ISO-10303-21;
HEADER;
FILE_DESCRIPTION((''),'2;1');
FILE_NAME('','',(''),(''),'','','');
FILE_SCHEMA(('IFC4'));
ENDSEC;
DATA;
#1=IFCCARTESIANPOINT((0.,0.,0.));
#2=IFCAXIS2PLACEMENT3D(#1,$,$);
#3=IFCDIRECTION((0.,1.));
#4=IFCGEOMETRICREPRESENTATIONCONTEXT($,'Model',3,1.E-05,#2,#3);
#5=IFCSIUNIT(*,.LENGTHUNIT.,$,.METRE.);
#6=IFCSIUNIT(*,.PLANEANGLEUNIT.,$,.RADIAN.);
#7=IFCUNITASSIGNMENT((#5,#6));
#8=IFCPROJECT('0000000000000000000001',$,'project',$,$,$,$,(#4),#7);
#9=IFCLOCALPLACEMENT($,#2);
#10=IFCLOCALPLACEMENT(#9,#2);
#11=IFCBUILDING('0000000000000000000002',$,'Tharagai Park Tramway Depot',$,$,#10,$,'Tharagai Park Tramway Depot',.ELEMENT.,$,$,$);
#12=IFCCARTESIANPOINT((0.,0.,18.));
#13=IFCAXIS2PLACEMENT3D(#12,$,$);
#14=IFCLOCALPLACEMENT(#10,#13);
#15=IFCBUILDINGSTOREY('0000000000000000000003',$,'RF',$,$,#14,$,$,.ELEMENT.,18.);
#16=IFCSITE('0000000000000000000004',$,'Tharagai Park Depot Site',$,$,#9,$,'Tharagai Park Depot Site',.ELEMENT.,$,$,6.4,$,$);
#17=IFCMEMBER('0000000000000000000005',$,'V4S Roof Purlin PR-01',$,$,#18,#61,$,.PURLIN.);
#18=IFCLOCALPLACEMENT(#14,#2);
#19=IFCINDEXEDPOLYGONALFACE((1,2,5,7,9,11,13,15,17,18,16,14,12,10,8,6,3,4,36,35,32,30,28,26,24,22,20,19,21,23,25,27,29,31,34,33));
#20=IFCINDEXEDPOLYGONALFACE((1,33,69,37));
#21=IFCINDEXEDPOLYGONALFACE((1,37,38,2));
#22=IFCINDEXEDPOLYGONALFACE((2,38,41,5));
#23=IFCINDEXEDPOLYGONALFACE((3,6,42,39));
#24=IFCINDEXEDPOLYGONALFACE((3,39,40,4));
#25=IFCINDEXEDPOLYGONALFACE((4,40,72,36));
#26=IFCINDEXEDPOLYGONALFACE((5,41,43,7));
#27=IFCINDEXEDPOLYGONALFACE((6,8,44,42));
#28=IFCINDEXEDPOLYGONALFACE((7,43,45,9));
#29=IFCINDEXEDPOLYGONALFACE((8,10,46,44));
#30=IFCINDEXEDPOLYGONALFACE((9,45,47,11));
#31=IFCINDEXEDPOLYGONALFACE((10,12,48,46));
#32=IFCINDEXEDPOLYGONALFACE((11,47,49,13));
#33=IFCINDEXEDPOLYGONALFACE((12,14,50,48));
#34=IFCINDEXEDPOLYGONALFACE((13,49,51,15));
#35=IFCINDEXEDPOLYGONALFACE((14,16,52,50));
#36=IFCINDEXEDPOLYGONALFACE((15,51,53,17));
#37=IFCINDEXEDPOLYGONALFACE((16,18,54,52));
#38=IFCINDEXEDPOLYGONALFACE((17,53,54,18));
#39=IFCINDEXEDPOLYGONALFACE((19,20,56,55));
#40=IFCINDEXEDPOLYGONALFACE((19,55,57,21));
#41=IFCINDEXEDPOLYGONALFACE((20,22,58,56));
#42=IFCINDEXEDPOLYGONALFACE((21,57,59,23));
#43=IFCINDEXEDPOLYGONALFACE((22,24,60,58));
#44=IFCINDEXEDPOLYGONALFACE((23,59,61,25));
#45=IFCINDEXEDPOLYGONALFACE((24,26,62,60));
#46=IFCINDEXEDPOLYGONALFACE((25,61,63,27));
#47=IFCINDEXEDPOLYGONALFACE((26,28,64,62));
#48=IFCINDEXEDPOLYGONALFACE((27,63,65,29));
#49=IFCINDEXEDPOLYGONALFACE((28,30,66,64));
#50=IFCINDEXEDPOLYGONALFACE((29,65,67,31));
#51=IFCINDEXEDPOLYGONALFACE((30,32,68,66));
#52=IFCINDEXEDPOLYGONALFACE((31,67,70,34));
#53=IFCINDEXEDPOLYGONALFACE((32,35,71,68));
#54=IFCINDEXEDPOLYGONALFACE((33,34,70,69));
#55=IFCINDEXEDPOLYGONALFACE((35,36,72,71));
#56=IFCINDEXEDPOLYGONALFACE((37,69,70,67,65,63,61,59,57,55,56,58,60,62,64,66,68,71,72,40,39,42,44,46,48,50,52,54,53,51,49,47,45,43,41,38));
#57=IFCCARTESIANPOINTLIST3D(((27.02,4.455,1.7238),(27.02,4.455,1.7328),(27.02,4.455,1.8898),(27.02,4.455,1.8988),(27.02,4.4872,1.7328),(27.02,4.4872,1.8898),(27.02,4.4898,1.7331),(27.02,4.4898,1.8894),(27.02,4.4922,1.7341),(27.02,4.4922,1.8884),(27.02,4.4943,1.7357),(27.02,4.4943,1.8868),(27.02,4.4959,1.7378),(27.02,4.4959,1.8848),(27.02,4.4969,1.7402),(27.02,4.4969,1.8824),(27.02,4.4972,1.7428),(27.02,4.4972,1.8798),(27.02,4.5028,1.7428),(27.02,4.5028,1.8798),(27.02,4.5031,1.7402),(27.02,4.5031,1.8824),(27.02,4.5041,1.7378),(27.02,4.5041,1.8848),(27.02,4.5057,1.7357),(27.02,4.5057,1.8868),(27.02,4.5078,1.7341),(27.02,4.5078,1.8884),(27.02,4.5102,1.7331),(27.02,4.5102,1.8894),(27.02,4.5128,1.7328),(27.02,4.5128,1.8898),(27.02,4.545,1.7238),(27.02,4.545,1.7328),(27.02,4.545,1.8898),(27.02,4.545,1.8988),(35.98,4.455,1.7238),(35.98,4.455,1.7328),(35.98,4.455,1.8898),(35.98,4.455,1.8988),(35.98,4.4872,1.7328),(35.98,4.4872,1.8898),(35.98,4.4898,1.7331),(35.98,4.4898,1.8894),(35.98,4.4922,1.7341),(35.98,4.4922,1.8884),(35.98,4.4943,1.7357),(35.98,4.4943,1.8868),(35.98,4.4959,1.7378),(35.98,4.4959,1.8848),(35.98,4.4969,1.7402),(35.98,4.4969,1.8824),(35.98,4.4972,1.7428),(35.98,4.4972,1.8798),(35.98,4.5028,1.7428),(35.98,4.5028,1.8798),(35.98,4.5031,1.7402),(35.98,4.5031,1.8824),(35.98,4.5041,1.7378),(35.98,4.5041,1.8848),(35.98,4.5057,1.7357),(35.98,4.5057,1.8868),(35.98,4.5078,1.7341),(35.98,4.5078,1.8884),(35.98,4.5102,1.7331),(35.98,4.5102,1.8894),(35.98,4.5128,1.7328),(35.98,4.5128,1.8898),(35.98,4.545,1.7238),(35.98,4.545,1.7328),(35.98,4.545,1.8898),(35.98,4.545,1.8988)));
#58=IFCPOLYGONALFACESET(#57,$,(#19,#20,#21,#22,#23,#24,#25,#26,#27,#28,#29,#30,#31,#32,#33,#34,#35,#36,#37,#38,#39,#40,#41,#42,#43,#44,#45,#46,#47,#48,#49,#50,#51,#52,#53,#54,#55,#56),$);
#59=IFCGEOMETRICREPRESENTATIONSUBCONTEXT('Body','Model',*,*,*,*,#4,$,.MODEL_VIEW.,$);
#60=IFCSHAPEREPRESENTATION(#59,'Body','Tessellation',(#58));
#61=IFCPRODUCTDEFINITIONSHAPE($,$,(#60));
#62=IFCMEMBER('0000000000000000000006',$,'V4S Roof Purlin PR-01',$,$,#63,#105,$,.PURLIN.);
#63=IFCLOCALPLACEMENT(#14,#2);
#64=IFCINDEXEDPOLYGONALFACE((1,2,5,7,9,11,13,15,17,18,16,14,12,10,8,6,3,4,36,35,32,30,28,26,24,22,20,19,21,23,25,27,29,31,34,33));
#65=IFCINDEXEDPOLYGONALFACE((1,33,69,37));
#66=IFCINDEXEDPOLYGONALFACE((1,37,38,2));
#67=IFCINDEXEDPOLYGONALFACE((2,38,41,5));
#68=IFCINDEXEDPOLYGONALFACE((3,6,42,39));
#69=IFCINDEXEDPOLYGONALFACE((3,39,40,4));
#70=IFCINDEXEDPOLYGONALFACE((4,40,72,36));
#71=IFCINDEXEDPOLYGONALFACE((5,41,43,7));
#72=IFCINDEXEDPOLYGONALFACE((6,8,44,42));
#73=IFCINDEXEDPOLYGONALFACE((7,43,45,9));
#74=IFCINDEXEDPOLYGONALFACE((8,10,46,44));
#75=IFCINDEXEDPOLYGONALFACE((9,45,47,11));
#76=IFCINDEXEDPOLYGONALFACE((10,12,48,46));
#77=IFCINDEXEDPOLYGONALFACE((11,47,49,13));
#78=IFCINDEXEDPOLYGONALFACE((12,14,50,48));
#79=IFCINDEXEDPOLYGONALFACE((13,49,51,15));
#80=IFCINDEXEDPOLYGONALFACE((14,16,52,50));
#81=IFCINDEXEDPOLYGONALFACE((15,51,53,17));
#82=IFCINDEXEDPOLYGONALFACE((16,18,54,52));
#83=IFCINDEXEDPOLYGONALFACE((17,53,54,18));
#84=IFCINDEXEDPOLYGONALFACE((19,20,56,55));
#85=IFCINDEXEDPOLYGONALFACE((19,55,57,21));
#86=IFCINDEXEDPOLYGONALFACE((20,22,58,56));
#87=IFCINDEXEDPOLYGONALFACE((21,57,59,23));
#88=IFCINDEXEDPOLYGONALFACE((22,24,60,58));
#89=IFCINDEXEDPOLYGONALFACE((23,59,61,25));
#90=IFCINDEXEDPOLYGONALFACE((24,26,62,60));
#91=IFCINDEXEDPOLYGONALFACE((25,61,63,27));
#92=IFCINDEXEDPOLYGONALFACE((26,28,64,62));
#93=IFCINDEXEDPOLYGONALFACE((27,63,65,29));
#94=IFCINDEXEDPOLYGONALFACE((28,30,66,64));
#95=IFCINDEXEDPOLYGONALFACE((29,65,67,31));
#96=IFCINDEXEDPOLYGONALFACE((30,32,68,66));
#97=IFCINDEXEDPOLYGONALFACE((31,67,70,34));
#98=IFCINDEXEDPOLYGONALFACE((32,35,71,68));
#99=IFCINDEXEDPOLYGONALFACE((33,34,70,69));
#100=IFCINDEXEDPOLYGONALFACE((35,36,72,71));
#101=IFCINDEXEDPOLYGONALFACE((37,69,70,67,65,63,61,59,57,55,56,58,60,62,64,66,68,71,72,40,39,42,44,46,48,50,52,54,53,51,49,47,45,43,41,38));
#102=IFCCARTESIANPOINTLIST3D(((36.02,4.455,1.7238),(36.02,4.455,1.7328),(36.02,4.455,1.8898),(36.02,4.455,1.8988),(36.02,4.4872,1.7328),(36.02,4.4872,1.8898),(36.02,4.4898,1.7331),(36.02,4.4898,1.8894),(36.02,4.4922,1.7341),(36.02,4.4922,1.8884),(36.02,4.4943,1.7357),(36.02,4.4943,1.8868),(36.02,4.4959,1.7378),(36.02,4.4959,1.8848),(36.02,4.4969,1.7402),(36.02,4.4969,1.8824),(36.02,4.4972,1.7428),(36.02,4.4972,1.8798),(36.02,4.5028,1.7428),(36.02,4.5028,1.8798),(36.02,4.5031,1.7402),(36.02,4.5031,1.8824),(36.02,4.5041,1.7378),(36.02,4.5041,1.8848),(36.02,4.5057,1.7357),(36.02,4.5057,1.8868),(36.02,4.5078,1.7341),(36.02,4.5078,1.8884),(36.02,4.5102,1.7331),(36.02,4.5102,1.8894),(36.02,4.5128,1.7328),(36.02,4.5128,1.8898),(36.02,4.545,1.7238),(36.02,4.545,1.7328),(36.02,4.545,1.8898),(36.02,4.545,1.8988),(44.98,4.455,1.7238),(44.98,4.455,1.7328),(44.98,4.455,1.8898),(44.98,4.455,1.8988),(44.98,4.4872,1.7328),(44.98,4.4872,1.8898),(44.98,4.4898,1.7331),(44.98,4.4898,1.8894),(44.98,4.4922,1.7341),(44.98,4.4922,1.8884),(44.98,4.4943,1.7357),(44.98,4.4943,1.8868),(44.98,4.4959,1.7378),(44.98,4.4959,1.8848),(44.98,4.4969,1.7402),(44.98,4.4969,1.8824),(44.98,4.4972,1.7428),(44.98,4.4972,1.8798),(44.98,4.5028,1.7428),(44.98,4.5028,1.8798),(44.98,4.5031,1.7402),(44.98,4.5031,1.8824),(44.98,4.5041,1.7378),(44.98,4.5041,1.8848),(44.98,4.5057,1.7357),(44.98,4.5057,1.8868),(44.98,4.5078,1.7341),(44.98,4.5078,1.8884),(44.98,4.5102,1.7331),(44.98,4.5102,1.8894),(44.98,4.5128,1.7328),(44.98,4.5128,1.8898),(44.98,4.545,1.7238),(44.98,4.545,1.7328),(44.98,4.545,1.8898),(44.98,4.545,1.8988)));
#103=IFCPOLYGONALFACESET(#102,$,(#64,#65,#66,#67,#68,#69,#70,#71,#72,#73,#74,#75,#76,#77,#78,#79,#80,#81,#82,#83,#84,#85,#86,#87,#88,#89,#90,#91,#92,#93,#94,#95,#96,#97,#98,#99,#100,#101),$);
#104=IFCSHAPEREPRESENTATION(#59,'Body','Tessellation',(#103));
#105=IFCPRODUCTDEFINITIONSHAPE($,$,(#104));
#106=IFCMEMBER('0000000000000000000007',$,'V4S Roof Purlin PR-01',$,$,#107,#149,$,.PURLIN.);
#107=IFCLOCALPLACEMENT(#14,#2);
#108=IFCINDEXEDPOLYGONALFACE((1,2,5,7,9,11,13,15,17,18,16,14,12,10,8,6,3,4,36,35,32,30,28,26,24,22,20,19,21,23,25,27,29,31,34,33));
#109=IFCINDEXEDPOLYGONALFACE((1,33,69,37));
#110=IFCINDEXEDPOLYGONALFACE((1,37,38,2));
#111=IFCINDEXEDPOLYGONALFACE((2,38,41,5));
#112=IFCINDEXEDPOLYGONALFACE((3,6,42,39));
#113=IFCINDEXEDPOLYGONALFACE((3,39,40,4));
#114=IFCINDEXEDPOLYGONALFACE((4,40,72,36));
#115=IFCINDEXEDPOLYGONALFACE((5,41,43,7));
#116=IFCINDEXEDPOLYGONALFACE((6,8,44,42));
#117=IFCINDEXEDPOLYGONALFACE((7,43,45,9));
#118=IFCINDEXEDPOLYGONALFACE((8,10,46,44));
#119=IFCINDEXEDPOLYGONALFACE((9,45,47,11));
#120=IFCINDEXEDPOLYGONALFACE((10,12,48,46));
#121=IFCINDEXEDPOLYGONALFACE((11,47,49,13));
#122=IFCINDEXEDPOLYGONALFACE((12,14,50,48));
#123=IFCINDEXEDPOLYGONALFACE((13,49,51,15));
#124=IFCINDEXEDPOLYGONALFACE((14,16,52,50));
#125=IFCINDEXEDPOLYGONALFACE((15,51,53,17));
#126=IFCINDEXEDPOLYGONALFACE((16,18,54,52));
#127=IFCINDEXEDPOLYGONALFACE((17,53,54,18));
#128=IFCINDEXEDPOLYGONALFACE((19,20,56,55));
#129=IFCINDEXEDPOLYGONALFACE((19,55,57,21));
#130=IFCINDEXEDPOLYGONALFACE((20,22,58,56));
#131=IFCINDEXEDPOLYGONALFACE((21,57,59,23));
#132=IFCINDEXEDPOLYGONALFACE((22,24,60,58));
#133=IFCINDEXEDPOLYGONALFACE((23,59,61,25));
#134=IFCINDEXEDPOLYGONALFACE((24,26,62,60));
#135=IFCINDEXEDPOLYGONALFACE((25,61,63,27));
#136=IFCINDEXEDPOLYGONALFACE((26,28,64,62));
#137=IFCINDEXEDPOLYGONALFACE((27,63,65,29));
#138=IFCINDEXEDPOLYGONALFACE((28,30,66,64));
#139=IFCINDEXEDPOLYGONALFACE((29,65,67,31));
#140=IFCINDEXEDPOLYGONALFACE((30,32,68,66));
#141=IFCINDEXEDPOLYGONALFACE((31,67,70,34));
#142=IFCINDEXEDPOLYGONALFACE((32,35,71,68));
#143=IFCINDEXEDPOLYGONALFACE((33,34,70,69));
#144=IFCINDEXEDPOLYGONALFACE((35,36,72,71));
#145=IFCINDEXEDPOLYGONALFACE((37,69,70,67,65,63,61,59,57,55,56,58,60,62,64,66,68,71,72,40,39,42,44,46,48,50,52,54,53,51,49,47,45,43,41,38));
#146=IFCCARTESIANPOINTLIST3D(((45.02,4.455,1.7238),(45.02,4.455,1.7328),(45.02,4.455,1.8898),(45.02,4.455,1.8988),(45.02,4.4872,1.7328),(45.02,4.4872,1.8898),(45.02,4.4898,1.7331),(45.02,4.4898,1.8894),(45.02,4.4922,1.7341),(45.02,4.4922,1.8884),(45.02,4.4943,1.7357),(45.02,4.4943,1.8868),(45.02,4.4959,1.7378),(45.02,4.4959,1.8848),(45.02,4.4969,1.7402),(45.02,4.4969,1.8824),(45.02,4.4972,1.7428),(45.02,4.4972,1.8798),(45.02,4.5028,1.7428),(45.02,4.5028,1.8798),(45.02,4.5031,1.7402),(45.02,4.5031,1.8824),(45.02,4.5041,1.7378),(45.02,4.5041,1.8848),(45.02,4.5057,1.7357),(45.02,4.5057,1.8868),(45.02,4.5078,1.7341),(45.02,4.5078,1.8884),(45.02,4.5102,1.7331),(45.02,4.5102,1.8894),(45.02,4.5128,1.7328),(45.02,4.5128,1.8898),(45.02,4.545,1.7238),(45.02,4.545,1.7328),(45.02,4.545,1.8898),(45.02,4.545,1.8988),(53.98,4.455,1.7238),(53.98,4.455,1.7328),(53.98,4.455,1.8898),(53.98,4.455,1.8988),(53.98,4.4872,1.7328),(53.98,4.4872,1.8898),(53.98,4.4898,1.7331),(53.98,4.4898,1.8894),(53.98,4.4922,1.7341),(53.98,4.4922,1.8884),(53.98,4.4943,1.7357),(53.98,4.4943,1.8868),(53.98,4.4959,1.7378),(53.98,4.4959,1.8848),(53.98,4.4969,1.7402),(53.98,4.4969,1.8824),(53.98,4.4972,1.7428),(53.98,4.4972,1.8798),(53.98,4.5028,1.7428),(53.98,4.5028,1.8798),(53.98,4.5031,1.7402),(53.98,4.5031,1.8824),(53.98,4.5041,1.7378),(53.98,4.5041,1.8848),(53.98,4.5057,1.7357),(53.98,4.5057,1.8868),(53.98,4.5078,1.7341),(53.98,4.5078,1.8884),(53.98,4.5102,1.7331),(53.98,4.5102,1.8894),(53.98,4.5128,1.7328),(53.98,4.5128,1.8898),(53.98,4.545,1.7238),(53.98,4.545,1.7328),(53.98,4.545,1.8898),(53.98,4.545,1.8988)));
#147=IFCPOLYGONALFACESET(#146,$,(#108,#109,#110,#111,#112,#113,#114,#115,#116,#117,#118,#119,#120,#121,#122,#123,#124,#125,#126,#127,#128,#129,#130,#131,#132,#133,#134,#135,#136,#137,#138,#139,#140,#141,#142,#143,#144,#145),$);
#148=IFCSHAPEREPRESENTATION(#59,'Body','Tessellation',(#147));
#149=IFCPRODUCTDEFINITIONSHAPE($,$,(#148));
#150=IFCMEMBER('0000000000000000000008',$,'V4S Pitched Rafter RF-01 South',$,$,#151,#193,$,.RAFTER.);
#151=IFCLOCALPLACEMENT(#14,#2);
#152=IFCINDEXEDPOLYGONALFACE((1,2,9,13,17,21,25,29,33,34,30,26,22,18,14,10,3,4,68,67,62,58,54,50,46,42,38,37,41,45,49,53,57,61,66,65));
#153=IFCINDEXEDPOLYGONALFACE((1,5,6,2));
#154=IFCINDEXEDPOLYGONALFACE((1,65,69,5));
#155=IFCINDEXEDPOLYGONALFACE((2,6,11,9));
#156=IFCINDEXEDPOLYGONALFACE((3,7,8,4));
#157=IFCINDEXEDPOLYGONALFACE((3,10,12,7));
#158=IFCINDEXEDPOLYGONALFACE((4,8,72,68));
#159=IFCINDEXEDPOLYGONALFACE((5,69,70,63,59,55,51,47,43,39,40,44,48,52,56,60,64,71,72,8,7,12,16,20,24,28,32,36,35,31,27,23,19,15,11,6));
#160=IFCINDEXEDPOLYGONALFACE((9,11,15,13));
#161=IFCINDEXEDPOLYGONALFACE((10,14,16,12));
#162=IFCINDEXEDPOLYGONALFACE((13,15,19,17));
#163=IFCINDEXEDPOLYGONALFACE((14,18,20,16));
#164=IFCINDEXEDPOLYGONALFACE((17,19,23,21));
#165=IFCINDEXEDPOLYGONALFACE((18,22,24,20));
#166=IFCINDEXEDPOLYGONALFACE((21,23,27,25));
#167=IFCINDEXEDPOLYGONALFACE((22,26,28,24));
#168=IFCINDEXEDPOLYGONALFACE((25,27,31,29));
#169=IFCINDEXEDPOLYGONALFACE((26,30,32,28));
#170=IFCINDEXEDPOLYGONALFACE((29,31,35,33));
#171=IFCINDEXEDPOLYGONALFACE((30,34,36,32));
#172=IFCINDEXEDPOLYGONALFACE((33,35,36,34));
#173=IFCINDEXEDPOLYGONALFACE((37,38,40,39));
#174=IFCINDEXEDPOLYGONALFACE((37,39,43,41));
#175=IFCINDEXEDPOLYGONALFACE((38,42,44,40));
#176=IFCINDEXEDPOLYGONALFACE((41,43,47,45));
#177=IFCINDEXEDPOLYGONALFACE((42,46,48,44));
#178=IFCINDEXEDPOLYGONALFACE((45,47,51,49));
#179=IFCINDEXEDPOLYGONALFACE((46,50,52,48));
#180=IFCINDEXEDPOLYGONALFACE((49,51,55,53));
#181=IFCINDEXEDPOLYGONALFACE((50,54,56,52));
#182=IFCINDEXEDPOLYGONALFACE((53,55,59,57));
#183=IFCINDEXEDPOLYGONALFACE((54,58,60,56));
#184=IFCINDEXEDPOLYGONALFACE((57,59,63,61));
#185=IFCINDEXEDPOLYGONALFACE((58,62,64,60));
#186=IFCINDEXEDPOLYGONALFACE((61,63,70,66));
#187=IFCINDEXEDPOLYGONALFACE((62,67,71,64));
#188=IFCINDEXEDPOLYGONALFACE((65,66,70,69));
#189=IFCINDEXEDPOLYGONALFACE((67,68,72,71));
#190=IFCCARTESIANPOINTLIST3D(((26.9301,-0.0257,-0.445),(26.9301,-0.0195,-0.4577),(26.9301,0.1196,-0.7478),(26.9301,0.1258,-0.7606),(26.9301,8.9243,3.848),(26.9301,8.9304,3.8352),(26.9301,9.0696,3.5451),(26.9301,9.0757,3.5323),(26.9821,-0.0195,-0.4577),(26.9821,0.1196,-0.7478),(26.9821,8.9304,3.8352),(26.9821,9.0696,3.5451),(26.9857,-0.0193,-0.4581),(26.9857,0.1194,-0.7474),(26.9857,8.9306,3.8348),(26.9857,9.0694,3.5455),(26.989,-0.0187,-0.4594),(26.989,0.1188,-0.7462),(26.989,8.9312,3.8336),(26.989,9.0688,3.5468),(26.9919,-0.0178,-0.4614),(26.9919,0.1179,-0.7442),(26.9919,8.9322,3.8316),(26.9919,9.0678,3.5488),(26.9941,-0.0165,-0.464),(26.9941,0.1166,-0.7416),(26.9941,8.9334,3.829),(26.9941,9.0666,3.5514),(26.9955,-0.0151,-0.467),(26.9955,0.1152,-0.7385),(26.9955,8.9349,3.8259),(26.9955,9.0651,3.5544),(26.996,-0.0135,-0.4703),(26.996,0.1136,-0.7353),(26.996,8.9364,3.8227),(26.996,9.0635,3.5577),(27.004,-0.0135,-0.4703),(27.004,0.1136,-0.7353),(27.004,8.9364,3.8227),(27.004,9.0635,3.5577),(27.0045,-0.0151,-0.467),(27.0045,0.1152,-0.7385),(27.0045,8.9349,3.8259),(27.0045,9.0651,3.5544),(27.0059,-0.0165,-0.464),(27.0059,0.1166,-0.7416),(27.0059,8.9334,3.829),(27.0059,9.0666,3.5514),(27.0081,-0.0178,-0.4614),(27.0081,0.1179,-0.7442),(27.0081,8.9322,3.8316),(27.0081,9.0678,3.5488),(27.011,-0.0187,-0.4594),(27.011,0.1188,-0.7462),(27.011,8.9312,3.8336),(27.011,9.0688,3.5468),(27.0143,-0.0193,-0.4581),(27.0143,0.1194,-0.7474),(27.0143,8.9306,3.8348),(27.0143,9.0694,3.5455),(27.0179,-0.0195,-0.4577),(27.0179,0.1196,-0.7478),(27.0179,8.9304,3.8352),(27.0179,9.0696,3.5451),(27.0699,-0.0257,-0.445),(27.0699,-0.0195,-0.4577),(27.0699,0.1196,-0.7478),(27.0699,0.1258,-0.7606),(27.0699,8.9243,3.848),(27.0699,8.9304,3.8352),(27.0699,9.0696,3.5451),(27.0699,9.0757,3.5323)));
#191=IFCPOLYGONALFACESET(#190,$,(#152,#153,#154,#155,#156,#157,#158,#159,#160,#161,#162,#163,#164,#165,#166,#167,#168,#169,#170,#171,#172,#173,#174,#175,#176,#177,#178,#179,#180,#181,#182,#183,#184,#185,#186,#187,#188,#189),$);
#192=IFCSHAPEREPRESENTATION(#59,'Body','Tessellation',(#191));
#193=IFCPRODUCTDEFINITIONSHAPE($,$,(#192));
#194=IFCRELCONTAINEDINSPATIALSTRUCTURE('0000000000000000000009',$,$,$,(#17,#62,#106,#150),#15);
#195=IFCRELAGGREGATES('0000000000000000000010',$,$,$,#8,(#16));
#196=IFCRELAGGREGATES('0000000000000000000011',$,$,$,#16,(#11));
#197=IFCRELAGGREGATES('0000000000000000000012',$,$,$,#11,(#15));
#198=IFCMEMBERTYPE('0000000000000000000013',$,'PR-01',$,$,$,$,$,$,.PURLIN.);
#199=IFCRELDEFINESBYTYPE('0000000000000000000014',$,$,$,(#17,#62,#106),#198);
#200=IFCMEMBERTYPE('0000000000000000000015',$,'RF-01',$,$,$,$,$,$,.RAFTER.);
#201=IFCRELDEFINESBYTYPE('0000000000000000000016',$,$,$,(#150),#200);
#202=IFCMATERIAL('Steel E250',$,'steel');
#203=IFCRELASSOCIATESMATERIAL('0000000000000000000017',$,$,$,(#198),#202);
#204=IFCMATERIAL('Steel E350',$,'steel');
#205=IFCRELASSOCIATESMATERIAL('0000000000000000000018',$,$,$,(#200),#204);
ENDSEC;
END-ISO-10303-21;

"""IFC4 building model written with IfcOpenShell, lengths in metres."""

from ifc_helpers import new_model, si_unit, direction, frame, origin, origin_2d, place, context, subcontext, project, spatial, i_section, extrude, material, material_profile, profile_set, type_object, element, save


model = new_model("IFC4")

# Units and contexts
model_context = context("Model", 3, precision=1e-05, world=origin(), true_north=direction((0.0, 1.0)))
body_context = subcontext(model_context, "Body", "Model", "MODEL_VIEW")
ifc_project = project(units=[si_unit("LENGTHUNIT", "METRE"), si_unit("PLANEANGLEUNIT", "RADIAN")], contexts=[model_context])

# Site, building, storey
site_placement = place(None, origin())
site = spatial("IfcSite", under=ifc_project, at=site_placement, Name="Tharagai Park Depot Site", LongName="Tharagai Park Depot Site", CompositionType="ELEMENT", RefElevation=6.4)
building_placement = place(site_placement, origin())
building = spatial("IfcBuilding", under=site, at=building_placement, Name="Tharagai Park Tramway Depot", LongName="Tharagai Park Tramway Depot", CompositionType="ELEMENT")
storey_placement = place(building_placement, frame((0.0, 0.0, 18.0)))
storey = spatial("IfcBuildingStorey", under=building, at=storey_placement, Name="RF", CompositionType="ELEMENT", Elevation=18.0)

# Shared definitions
ifc_material_1 = material(Name="Steel E350", Category="steel")

# Members
ifc_material_2 = material(Name="Steel E250", Category="steel")
ifc_material_profile_1 = material_profile(ifc_material_2, i_section(OverallWidth=0.0901, OverallDepth=0.175, WebThickness=0.0056, FlangeThickness=0.009, FilletRadius=0.01, at=origin_2d()), Name="ISMB 175")
ifc_profile_set_1 = profile_set([ifc_material_profile_1], Name="Steel E250")
member_type_1 = type_object("IfcMemberType", Name="PR-01", PredefinedType="PURLIN", material=ifc_profile_set_1)
for number, where, z_axis, x_axis, name in (
    (1, (27.02, 4.5, 1.8113), (1.0, 0.0, 0.0), (0.0, 1.0, 0.0), "V4S Roof Purlin PR-01"),
    (2, (36.02, 4.5, 1.8113), (1.0, 0.0, 0.0), (0.0, 1.0, 0.0), "V4S Roof Purlin PR-01"),
    (3, (45.02, 4.5, 1.8113), (1.0, 0.0, 0.0), (0.0, 1.0, 0.0), "V4S Roof Purlin PR-01"),
):
    element("IfcMember", number, at=place(storey_placement, frame(where, z_axis=z_axis, x_axis=x_axis)), inside=storey, type_object=member_type_1, Name=name, PredefinedType="PURLIN", context=body_context, shape_type="SweptSolid", body=[
        extrude(i_section(OverallWidth=0.0901, OverallDepth=0.175, WebThickness=0.0056, FlangeThickness=0.009, FilletRadius=0.01, at=origin_2d()), origin(), (0.0, 0.0, 1.0), 8.96),
    ])
ifc_material_profile_2 = material_profile(ifc_material_1, i_section(OverallWidth=0.1399, OverallDepth=0.3501, WebThickness=0.0081, FlangeThickness=0.0142, FilletRadius=0.0139, at=origin_2d()), Name="ISMB 350")
ifc_profile_set_2 = profile_set([ifc_material_profile_2], Name="Steel E350")
member_type_2 = type_object("IfcMemberType", Name="RF-01", PredefinedType="RAFTER", material=ifc_profile_set_2)
for number, where, z_axis, x_axis, name in (
    (4, (27.0, 0.05, -0.6028), (0.0, 0.901641, 0.432485), (-1.0, 0.0, 0.0), "V4S Pitched Rafter RF-01 South"),
):
    element("IfcMember", number, at=place(storey_placement, frame(where, z_axis=z_axis, x_axis=x_axis)), inside=storey, type_object=member_type_2, Name=name, PredefinedType="RAFTER", context=body_context, shape_type="SweptSolid", body=[
        extrude(i_section(OverallWidth=0.1399, OverallDepth=0.3501, WebThickness=0.0081, FlangeThickness=0.0142, FilletRadius=0.0139, at=origin_2d()), origin(), (0.0, 0.0, 1.0), 9.9263),
    ])

save(model, "model.ifc")
